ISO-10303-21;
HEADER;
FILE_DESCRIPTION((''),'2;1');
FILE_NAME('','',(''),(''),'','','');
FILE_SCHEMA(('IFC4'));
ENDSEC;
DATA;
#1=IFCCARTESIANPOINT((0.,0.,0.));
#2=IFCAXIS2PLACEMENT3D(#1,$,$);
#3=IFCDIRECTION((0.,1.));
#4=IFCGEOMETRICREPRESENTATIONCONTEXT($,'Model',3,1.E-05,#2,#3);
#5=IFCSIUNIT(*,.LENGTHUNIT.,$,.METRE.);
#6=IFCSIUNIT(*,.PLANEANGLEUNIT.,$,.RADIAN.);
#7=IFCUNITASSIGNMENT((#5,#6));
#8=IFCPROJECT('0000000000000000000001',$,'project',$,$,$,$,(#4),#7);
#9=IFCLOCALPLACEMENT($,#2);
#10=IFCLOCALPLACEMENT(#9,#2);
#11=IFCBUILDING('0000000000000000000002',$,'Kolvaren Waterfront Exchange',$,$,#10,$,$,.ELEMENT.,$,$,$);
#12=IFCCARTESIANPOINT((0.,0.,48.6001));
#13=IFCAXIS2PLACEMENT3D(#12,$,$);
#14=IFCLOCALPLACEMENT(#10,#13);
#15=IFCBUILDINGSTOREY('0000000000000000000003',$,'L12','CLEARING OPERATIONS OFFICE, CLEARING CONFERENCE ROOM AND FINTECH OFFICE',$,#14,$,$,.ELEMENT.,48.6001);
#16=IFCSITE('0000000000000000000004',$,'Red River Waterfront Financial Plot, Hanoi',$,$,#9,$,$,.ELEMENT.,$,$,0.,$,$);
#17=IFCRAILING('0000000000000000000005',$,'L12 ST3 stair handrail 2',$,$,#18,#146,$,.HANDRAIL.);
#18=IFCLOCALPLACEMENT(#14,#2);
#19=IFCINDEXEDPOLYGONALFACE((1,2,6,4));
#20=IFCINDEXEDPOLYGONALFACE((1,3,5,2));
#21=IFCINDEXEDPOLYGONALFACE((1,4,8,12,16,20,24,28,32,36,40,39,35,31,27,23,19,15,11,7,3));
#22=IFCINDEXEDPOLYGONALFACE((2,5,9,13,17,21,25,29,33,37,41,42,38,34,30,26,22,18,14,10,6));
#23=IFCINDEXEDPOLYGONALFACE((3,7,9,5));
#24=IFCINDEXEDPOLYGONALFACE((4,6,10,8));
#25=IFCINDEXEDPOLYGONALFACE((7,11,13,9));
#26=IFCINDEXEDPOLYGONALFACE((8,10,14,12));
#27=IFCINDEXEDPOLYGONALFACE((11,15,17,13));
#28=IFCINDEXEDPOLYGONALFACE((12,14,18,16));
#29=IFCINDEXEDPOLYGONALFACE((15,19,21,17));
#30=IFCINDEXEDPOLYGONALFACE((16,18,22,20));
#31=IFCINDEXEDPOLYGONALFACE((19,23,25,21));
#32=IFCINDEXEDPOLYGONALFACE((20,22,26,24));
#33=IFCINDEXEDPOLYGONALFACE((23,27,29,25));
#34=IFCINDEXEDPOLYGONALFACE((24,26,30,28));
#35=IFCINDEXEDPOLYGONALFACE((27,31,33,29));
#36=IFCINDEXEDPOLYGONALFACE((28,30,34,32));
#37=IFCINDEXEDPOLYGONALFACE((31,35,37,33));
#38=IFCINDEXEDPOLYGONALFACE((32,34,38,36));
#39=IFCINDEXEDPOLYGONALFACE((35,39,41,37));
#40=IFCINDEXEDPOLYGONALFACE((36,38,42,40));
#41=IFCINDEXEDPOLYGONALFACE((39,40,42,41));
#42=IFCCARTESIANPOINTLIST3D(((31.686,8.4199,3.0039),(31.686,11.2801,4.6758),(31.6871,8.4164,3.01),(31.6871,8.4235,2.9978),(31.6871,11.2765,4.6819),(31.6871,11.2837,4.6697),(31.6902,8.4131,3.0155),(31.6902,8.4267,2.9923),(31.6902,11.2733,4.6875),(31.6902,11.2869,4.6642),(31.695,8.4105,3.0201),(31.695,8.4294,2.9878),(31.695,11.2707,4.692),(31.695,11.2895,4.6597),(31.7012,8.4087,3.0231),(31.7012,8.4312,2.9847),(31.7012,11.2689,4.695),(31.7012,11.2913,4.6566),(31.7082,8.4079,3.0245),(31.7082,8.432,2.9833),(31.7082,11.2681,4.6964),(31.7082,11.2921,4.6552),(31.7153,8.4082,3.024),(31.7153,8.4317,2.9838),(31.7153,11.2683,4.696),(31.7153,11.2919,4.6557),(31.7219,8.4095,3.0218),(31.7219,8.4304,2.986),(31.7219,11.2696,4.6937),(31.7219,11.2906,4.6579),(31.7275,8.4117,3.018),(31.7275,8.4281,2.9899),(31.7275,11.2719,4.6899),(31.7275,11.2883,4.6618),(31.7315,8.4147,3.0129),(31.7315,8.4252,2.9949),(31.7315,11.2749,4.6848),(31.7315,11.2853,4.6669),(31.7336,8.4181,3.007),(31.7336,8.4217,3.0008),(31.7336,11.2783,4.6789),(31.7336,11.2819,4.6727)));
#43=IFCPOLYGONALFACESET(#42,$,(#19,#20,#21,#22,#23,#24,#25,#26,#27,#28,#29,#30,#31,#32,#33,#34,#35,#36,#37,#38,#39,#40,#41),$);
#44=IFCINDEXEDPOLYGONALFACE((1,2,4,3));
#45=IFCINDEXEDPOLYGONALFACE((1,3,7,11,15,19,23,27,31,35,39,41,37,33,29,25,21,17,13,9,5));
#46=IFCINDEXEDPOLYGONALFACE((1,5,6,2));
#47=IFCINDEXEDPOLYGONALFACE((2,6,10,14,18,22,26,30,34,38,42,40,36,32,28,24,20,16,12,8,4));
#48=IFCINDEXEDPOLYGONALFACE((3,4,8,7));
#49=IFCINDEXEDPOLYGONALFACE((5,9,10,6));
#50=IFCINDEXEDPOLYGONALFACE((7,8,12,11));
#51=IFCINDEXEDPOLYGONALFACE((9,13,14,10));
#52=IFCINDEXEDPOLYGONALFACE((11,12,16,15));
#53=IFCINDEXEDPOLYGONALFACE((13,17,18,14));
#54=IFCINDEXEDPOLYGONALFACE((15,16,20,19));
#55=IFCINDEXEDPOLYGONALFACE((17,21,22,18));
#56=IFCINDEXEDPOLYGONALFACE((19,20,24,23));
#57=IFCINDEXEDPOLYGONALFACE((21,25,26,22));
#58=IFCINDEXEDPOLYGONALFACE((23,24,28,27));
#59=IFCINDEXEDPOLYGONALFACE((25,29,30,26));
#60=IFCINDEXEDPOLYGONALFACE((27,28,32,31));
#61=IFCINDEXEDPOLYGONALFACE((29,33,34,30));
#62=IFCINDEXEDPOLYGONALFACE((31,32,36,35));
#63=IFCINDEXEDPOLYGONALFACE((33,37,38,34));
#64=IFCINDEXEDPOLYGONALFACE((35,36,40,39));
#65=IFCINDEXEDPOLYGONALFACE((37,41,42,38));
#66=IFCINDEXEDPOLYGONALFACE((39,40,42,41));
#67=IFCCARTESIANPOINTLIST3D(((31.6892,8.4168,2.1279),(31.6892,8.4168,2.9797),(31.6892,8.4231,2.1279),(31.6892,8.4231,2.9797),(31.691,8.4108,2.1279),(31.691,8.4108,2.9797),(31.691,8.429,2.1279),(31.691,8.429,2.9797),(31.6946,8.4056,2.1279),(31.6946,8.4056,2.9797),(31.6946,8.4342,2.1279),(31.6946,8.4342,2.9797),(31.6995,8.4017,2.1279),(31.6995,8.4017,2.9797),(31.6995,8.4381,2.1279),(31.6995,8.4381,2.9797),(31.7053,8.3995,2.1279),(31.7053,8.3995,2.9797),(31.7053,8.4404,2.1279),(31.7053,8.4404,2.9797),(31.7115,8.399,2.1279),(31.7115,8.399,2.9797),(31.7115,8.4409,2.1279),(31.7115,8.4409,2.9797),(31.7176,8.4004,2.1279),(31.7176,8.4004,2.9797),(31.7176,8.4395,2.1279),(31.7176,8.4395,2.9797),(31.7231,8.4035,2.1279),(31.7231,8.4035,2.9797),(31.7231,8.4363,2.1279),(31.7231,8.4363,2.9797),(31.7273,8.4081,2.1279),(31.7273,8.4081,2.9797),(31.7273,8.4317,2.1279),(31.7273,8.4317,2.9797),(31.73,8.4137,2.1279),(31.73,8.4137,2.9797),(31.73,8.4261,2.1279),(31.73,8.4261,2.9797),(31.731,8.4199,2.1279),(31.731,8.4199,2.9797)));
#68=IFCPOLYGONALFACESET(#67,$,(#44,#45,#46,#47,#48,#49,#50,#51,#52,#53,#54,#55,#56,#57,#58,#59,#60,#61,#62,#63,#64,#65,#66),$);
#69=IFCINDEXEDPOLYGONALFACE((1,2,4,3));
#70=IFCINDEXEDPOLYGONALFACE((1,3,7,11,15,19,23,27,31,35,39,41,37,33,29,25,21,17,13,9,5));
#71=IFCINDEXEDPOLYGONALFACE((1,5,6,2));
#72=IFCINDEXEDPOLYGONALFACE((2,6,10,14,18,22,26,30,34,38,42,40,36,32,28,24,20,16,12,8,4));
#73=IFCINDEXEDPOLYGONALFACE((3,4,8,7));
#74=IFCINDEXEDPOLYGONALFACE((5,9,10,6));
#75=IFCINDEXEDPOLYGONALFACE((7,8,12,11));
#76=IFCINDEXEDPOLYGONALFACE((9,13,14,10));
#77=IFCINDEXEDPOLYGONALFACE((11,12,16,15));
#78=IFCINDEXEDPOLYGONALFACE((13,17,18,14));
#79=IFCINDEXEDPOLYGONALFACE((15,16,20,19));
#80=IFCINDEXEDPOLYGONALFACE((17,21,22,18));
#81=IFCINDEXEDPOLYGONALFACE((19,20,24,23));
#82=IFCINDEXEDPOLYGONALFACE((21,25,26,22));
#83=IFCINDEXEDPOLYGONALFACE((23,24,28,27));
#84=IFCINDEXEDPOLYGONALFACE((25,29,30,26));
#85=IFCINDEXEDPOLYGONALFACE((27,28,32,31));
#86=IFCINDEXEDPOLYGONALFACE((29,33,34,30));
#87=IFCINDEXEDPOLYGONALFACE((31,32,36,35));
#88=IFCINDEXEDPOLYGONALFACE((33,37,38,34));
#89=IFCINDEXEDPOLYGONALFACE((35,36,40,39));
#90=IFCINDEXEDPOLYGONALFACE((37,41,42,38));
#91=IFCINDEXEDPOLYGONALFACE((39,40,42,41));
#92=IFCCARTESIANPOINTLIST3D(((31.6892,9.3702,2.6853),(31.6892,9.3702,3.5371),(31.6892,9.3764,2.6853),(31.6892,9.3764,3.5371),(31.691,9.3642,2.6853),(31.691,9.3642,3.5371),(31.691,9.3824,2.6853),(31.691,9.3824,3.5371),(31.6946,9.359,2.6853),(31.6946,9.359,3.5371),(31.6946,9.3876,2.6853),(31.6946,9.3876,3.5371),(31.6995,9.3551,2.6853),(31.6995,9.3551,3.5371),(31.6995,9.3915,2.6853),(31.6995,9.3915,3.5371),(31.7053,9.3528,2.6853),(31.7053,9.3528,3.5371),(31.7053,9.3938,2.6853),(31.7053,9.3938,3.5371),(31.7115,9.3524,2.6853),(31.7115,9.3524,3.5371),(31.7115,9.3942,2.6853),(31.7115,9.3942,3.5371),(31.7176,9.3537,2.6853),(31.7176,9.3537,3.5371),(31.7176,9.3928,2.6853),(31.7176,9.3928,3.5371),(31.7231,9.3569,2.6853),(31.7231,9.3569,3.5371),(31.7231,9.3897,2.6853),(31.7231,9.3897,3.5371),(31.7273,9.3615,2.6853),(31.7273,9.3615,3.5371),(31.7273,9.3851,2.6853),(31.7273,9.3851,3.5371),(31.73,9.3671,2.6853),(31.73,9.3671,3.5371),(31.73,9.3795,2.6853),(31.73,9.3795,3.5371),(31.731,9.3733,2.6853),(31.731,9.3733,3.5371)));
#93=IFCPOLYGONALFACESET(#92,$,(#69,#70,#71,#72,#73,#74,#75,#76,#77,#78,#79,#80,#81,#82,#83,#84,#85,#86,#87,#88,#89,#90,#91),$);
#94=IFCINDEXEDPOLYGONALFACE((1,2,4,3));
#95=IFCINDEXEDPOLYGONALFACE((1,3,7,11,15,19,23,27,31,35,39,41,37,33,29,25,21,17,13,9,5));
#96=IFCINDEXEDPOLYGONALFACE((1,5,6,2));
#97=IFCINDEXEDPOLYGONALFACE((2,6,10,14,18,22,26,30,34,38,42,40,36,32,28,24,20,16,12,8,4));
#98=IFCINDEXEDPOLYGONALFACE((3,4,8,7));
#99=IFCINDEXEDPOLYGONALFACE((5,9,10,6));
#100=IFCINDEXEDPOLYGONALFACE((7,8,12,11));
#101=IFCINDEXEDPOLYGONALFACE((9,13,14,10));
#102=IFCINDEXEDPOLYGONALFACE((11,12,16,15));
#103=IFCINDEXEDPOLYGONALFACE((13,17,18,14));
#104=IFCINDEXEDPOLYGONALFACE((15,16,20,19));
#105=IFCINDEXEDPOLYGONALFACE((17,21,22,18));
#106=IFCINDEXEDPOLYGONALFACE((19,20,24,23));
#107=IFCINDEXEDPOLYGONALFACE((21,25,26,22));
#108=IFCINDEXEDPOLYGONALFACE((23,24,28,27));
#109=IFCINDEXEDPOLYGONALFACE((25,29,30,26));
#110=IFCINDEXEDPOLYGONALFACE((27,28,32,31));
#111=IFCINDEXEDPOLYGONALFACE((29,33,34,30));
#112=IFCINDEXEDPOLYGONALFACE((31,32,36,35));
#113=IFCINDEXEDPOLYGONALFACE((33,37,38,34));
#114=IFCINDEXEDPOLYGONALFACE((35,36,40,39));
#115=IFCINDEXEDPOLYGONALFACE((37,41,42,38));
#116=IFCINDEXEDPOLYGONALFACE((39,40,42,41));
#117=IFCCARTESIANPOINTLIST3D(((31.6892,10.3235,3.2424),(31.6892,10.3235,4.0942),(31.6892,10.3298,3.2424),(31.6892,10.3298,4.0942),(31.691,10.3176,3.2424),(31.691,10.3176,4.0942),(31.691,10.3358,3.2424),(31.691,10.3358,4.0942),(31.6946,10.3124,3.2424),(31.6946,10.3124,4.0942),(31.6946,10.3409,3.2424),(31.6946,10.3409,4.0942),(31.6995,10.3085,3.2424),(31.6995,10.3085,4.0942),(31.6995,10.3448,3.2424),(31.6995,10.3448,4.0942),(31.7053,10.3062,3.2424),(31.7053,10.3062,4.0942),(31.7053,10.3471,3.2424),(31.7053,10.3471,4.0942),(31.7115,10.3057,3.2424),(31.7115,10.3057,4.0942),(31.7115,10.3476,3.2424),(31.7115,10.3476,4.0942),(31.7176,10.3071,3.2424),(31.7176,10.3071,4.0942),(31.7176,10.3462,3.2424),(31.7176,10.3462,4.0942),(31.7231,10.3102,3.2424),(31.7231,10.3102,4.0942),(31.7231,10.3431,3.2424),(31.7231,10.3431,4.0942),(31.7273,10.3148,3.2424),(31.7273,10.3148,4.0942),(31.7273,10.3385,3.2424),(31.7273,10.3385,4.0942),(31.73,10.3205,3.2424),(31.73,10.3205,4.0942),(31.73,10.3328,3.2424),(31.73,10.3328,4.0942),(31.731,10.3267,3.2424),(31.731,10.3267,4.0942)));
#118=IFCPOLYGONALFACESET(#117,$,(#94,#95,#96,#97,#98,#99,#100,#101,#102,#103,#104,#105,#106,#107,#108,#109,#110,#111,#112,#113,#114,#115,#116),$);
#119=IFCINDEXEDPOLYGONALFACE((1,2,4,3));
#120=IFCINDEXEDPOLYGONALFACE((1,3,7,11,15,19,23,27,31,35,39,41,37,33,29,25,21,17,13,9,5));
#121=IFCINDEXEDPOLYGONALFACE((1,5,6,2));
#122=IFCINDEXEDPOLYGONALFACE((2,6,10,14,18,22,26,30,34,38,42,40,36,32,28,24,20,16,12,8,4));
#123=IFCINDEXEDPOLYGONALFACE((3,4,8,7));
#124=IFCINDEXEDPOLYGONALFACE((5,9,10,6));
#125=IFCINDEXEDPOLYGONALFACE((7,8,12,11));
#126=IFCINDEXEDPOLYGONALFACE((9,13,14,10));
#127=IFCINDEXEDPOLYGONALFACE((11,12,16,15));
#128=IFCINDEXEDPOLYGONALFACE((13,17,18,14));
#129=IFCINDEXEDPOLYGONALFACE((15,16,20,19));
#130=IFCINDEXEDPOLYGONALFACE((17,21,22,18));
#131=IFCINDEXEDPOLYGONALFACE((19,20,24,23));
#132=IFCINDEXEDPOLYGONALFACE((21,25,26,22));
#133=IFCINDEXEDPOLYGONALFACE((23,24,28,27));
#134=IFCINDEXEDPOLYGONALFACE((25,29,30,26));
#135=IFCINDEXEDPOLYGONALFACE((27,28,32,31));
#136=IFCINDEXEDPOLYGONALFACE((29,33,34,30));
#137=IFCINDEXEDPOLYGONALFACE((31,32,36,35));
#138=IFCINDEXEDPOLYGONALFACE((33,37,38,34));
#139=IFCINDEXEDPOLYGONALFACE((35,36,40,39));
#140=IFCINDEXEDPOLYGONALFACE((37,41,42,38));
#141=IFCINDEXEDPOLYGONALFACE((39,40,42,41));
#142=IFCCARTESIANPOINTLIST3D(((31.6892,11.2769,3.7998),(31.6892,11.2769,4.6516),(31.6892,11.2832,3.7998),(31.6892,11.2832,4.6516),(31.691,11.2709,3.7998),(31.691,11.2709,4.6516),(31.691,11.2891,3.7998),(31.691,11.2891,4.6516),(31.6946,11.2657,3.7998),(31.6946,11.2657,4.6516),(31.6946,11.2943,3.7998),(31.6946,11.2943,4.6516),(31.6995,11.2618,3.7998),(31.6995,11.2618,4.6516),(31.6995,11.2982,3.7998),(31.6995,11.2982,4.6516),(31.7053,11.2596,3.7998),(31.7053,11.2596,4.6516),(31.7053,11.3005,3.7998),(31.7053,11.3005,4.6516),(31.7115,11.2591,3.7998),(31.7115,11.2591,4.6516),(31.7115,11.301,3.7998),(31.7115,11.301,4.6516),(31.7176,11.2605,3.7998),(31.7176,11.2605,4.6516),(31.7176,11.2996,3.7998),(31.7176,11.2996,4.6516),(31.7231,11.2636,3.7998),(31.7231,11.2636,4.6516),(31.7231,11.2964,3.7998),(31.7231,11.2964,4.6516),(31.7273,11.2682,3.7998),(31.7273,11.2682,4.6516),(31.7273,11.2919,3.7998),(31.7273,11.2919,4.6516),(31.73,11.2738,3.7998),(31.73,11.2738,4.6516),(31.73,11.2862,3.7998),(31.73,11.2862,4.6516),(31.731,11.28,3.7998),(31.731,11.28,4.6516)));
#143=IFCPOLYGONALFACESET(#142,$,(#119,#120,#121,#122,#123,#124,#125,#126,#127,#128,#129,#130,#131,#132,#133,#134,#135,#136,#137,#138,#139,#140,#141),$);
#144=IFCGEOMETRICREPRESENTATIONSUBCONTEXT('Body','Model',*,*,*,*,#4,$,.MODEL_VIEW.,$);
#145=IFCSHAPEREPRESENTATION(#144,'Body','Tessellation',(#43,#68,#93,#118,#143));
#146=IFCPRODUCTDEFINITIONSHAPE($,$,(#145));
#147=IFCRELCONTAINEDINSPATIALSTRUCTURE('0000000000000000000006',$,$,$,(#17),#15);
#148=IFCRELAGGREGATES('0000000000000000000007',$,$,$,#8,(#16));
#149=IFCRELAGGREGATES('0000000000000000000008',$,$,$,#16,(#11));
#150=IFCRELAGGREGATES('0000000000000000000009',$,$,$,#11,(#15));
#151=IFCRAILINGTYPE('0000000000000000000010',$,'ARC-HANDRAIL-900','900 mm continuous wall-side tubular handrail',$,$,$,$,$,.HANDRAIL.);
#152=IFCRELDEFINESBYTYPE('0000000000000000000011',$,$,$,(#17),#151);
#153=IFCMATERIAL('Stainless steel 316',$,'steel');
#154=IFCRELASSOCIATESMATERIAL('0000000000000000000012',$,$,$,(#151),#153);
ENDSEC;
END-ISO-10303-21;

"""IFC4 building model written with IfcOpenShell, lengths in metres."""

from ifc_helpers import new_model, si_unit, direction, frame, origin, origin_2d, place, context, subcontext, project, spatial, circle, extrude, material, type_object, element, save


model = new_model("IFC4")

# Units and contexts
model_context = context("Model", 3, precision=1e-05, world=origin(), true_north=direction((0.0, 1.0)))
body_context = subcontext(model_context, "Body", "Model", "MODEL_VIEW")
ifc_project = project(units=[si_unit("LENGTHUNIT", "METRE"), si_unit("PLANEANGLEUNIT", "RADIAN")], contexts=[model_context])

# Site, building, storey
site_placement = place(None, origin())
site = spatial("IfcSite", under=ifc_project, at=site_placement, Name="Red River Waterfront Financial Plot, Hanoi", CompositionType="ELEMENT", RefElevation=0.0)
building_placement = place(site_placement, origin())
building = spatial("IfcBuilding", under=site, at=building_placement, Name="Kolvaren Waterfront Exchange", CompositionType="ELEMENT")
storey_placement = place(building_placement, frame((0.0, 0.0, 48.6001)))
storey = spatial("IfcBuildingStorey", under=building, at=storey_placement, Name="L12", Description="CLEARING OPERATIONS OFFICE, CLEARING CONFERENCE ROOM AND FINTECH OFFICE", CompositionType="ELEMENT", Elevation=48.6001)

# Railing
ifc_material_1 = material(Name="Stainless steel 316", Category="steel")
railing_type = type_object("IfcRailingType", Name="ARC-HANDRAIL-900", Description="900 mm continuous wall-side tubular handrail", PredefinedType="HANDRAIL", material=ifc_material_1)
railing_placement = place(storey_placement, frame((31.71, 8.4199, 2.1279)))
element("IfcRailing", 1, at=railing_placement, inside=storey, type_object=railing_type, Name="L12 ST3 stair handrail 2", PredefinedType="HANDRAIL", context=body_context, shape_type="SweptSolid", body=[
    extrude(circle(Radius=0.0239, at=origin_2d()), frame((0.0, 0.0, 0.876), z_axis=(0.0, 0.863321, 0.504654), x_axis=(-1.0, 0.0, 0.0)), (0.0, 0.0, 1.0), 3.313),
    extrude(circle(Radius=0.021, at=origin_2d()), origin(), (0.0, 0.0, 1.0), 0.8518),
    extrude(circle(Radius=0.021, at=origin_2d()), frame((0.0, 0.9534, 0.5574)), (0.0, 0.0, 1.0), 0.8518),
    extrude(circle(Radius=0.021, at=origin_2d()), frame((0.0, 1.9067, 1.1145)), (0.0, 0.0, 1.0), 0.8518),
    extrude(circle(Radius=0.021, at=origin_2d()), frame((0.0, 2.8601, 1.6719)), (0.0, 0.0, 1.0), 0.8518),
])

save(model, "model.ifc")
